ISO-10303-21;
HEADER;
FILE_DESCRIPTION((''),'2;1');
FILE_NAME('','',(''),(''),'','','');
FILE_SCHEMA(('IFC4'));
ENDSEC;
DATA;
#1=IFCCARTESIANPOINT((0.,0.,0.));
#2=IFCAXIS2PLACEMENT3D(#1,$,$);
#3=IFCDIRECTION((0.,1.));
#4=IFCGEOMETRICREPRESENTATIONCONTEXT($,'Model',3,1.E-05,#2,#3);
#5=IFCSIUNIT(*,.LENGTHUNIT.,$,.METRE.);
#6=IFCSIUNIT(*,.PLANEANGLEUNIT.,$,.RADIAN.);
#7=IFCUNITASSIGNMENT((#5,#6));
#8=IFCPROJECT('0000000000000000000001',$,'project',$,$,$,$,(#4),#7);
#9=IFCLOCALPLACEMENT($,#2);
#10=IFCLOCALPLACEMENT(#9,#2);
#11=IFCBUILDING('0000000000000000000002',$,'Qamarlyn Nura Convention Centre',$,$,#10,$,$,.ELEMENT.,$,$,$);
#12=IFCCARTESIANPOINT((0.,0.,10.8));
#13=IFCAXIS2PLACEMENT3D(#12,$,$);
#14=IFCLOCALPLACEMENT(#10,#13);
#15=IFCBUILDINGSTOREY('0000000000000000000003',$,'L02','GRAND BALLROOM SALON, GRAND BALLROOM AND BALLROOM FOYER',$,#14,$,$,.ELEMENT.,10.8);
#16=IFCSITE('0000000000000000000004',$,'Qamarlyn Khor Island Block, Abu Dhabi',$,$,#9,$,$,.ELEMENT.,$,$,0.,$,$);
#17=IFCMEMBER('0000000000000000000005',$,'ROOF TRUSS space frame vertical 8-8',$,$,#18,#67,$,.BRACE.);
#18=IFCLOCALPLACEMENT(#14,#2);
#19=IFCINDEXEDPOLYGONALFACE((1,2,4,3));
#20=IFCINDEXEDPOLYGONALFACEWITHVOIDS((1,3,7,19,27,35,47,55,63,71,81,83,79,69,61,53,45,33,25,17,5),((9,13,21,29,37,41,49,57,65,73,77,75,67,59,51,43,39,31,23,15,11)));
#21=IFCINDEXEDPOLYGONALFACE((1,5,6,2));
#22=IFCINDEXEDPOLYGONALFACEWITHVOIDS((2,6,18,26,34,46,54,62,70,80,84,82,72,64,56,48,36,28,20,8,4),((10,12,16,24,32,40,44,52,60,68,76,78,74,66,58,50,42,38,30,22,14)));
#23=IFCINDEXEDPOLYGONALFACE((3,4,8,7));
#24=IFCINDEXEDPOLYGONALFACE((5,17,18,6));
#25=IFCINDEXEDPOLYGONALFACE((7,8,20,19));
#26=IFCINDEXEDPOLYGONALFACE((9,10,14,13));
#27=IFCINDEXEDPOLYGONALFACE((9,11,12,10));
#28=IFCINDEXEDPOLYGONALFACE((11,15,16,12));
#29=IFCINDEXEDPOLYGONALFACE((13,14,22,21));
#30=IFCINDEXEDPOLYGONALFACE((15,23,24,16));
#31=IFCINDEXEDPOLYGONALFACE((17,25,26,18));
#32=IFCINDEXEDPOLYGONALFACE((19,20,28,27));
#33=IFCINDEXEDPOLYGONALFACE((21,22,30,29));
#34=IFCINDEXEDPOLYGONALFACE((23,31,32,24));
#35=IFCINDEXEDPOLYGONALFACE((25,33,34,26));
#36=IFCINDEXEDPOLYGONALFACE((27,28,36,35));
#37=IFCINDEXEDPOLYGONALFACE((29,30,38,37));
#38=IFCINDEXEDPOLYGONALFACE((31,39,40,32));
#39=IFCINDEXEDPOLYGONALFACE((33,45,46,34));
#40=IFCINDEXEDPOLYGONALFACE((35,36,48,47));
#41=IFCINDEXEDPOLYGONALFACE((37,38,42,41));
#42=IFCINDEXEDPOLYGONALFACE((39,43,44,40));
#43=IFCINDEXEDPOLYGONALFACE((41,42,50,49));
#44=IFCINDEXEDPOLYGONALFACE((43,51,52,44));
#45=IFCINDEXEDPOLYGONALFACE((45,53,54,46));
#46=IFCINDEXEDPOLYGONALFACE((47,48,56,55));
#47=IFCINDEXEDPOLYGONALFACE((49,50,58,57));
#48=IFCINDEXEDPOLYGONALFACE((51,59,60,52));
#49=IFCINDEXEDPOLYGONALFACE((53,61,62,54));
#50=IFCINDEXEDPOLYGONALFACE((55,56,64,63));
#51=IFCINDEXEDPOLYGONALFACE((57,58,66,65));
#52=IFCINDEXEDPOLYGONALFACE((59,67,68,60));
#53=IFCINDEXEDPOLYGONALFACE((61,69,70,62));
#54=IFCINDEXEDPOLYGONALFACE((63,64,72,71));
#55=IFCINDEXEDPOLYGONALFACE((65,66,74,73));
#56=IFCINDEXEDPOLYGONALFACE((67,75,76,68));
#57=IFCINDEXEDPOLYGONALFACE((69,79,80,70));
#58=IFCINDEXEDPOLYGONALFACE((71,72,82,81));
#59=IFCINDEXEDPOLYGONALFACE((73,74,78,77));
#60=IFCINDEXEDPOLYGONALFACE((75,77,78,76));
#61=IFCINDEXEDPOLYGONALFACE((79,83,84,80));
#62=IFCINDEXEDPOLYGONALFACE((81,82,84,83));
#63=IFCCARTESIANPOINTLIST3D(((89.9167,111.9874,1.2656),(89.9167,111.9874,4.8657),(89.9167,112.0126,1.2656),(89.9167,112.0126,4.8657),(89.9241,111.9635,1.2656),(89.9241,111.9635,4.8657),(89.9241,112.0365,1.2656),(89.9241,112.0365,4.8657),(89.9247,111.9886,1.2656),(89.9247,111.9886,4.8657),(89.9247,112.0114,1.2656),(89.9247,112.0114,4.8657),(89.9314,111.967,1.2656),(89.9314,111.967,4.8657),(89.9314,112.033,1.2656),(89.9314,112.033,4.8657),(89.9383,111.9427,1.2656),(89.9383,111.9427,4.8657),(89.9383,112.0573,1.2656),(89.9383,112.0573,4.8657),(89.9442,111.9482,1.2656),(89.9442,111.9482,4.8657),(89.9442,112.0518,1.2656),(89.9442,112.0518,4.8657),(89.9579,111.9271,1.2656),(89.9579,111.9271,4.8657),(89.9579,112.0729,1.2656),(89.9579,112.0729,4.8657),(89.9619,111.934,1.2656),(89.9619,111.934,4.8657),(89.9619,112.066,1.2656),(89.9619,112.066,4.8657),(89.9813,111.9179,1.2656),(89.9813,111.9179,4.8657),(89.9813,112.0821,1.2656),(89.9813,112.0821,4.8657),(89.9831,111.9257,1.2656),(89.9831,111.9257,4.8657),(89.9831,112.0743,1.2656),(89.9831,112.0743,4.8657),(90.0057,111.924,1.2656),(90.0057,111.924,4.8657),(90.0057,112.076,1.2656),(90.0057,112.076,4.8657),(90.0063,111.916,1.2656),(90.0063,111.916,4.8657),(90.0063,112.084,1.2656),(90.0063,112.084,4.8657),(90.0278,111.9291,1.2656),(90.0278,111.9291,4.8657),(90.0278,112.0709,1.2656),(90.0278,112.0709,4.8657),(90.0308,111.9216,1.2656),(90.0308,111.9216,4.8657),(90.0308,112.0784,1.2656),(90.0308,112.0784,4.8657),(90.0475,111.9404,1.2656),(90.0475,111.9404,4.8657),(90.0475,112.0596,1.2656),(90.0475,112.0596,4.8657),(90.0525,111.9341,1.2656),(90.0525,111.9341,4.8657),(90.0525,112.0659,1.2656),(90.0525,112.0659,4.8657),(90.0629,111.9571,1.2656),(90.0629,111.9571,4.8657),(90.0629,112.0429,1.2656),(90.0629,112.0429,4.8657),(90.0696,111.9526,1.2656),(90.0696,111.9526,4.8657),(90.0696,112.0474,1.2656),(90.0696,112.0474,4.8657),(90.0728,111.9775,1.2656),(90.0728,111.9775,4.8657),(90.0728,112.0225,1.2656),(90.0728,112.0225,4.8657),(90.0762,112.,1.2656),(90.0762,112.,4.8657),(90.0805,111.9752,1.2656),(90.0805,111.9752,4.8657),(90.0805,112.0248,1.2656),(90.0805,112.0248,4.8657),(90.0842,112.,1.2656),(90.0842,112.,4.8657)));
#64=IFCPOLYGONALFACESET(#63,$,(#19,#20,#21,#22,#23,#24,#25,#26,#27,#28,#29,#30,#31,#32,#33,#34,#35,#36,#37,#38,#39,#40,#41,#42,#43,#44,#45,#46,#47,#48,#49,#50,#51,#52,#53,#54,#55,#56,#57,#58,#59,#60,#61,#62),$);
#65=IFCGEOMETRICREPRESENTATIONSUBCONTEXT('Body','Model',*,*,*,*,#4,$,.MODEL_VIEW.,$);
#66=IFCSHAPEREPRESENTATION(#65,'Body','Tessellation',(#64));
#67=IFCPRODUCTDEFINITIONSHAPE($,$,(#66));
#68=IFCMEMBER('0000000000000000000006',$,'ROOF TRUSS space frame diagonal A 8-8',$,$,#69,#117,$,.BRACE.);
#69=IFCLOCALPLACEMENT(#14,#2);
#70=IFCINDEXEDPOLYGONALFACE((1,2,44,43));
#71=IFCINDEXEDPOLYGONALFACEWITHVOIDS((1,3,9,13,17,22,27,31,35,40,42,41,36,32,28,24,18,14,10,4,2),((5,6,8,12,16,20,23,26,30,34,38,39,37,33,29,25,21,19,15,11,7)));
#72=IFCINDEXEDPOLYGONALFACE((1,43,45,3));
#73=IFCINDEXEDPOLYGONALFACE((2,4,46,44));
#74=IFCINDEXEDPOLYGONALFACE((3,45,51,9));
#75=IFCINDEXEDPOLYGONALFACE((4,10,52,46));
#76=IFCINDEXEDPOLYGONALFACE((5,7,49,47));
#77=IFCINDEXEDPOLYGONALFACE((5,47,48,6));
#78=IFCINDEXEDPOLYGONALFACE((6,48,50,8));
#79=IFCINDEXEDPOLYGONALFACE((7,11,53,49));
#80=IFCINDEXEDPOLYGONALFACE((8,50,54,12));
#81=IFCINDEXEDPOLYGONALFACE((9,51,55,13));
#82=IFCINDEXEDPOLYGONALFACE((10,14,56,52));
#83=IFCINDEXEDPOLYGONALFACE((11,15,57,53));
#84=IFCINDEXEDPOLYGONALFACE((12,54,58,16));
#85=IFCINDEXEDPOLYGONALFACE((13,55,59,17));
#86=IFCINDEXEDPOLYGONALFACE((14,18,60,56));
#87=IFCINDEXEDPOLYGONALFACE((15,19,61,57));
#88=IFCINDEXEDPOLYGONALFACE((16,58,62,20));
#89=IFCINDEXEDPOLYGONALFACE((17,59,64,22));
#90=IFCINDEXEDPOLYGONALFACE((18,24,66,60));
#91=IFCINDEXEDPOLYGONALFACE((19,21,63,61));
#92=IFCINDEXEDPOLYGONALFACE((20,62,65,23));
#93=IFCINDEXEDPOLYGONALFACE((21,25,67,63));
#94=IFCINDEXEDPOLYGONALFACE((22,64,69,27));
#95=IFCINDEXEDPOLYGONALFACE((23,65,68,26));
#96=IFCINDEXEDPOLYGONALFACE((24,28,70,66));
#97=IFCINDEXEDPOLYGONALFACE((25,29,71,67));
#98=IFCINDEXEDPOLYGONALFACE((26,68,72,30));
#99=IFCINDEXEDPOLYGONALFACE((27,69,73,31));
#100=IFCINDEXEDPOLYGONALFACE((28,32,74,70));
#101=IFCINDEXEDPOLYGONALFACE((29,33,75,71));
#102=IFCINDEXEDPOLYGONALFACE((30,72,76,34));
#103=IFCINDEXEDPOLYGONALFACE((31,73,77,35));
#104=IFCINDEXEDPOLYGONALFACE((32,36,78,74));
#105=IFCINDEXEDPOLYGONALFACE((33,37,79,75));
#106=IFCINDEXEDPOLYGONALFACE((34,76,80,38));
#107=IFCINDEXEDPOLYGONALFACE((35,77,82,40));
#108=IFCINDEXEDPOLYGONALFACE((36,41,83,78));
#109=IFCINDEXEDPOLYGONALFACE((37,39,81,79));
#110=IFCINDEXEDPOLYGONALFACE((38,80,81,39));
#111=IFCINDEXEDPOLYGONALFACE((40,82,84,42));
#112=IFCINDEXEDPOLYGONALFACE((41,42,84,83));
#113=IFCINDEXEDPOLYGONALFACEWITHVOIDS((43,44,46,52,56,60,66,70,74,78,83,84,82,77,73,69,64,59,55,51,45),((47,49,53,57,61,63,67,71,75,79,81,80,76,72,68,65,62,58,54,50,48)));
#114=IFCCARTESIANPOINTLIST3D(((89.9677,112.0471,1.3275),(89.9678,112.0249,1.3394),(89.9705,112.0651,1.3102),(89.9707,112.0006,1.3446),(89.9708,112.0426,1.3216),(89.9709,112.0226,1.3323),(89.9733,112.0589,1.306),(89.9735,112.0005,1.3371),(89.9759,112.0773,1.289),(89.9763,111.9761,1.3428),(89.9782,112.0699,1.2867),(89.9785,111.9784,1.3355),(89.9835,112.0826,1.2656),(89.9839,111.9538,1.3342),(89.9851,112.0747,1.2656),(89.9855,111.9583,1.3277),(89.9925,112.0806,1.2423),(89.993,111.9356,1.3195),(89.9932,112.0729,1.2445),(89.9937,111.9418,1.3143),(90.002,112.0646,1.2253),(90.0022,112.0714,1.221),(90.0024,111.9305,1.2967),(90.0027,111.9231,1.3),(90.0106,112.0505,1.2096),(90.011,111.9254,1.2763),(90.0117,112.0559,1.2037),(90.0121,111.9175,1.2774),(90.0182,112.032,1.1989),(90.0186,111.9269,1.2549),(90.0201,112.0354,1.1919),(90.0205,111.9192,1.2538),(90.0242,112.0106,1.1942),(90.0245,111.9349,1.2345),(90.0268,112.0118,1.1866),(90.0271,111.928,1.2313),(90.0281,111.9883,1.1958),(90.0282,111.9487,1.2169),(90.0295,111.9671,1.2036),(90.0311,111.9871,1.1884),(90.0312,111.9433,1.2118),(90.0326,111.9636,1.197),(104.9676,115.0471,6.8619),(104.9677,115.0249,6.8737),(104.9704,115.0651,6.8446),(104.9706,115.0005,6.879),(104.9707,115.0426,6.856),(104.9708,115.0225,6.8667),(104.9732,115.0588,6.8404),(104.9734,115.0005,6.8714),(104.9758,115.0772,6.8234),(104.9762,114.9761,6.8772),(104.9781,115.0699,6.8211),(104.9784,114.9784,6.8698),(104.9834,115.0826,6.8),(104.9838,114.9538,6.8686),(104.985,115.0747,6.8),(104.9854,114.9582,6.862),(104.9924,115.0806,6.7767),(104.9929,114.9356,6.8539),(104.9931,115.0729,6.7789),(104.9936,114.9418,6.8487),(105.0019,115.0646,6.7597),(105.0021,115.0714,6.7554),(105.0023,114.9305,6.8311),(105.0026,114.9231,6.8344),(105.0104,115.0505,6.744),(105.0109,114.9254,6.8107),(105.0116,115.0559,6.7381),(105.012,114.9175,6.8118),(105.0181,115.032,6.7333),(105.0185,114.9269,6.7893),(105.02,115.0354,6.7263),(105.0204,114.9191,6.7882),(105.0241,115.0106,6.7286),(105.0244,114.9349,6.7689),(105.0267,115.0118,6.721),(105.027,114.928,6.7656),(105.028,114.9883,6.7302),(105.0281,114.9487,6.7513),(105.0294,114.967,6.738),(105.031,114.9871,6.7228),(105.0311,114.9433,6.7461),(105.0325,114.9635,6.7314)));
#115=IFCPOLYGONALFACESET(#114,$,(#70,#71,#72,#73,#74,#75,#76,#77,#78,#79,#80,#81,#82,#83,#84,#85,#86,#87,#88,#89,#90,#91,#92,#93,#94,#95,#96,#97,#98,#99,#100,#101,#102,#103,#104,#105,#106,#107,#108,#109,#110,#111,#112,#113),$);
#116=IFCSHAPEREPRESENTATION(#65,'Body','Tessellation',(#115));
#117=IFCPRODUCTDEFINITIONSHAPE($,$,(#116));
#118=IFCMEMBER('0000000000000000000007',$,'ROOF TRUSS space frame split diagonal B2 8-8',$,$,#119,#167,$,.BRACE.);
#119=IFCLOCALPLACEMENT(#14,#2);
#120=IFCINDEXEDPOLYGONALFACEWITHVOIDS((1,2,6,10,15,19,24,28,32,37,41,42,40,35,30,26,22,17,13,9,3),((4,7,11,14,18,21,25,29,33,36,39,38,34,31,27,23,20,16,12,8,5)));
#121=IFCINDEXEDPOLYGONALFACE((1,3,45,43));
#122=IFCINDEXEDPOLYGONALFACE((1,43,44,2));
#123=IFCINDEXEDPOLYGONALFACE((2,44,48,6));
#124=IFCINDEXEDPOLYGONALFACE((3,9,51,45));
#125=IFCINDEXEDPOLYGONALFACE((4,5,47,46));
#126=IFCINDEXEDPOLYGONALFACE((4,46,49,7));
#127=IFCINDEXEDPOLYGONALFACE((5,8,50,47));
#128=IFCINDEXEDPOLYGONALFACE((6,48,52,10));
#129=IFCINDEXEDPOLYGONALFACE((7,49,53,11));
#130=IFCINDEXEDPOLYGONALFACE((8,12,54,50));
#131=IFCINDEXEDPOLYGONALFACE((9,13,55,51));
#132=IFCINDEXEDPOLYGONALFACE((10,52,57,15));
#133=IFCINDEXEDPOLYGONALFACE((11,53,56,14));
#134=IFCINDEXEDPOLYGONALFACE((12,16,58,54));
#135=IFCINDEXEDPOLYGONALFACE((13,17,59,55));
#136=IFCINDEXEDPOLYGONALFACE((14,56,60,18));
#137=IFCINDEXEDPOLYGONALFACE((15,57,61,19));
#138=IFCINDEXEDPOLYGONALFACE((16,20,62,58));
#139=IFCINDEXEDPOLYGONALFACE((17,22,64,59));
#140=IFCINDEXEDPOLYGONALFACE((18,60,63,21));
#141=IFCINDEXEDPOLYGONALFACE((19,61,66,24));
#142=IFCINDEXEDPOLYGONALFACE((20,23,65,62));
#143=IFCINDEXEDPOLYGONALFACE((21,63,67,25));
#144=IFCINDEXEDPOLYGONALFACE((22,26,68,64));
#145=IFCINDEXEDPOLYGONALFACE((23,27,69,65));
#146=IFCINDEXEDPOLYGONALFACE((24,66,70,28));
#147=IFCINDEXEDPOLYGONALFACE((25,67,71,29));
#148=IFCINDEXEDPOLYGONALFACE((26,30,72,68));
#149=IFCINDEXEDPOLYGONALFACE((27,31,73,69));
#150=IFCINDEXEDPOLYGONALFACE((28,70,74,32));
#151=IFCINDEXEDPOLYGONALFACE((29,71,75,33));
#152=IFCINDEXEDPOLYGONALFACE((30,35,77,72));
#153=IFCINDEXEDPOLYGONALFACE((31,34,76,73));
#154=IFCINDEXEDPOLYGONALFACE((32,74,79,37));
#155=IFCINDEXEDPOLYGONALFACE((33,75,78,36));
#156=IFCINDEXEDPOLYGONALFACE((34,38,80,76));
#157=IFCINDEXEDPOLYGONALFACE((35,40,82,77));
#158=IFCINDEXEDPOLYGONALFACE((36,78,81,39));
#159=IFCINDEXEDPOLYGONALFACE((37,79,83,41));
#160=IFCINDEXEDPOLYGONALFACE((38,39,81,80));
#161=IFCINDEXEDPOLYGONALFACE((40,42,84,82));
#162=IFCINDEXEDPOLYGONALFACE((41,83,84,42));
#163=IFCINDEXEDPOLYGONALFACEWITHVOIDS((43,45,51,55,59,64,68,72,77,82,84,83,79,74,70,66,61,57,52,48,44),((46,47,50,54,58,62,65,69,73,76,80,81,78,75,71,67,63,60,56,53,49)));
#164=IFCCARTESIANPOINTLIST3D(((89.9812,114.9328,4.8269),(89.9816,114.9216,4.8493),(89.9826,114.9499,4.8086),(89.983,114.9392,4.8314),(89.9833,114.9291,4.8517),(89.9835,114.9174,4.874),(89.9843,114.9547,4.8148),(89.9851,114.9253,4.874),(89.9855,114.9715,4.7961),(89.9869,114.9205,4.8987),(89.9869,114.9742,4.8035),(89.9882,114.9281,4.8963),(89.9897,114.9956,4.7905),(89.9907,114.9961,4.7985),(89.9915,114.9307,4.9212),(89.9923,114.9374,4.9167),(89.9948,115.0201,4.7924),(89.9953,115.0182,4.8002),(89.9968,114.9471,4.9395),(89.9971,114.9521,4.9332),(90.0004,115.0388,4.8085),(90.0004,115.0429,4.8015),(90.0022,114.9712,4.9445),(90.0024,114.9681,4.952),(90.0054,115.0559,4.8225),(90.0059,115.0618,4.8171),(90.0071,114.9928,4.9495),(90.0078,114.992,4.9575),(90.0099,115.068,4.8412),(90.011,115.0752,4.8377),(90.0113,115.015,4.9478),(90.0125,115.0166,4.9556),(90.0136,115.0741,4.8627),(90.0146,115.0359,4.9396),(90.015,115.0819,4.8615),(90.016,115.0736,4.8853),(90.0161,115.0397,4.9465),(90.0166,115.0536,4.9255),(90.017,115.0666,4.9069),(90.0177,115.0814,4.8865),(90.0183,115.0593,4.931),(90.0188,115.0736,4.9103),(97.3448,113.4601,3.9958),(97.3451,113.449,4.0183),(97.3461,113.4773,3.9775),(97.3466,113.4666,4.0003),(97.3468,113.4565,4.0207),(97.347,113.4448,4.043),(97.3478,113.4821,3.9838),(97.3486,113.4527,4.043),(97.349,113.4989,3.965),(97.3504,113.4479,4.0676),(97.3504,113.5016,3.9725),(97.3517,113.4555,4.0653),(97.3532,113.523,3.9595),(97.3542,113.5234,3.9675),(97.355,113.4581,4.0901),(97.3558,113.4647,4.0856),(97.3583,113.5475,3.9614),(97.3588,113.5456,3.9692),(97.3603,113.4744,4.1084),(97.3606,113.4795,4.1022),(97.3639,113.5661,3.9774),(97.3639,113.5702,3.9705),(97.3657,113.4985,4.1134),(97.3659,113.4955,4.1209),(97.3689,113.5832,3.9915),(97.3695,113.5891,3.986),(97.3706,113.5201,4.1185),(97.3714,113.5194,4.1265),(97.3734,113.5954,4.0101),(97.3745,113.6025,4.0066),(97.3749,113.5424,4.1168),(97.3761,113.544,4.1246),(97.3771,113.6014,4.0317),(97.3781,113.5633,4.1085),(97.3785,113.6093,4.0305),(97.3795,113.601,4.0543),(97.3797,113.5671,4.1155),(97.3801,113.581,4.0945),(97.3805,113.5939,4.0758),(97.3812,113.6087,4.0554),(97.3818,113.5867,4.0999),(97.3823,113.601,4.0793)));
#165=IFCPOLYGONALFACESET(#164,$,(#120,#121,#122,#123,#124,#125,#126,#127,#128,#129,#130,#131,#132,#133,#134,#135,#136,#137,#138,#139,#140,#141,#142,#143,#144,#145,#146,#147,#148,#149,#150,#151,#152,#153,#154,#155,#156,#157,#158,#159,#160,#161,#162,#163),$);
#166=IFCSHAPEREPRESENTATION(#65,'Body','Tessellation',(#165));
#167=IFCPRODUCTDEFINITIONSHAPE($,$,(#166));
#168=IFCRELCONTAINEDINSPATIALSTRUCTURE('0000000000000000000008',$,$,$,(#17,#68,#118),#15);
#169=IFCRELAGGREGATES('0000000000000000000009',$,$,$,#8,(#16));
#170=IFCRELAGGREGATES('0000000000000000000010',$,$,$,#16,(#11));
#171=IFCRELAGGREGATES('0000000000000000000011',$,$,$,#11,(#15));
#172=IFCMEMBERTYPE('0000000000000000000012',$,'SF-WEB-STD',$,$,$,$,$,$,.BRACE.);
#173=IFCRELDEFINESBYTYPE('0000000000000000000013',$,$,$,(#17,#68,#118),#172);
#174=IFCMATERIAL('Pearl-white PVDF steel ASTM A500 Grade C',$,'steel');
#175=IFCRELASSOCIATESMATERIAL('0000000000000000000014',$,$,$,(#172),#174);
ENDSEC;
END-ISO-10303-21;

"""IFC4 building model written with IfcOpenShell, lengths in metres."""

from ifc_helpers import new_model, si_unit, direction, frame, origin, origin_2d, place, context, subcontext, project, spatial, hollow_circle, extrude, material, material_profile, profile_set, type_object, element, save


model = new_model("IFC4")

# Units and contexts
model_context = context("Model", 3, precision=1e-05, world=origin(), true_north=direction((0.0, 1.0)))
body_context = subcontext(model_context, "Body", "Model", "MODEL_VIEW")
ifc_project = project(units=[si_unit("LENGTHUNIT", "METRE"), si_unit("PLANEANGLEUNIT", "RADIAN")], contexts=[model_context])

# Site, building, storey
site_placement = place(None, origin())
site = spatial("IfcSite", under=ifc_project, at=site_placement, Name="Qamarlyn Khor Island Block, Abu Dhabi", CompositionType="ELEMENT", RefElevation=0.0)
building_placement = place(site_placement, origin())
building = spatial("IfcBuilding", under=site, at=building_placement, Name="Qamarlyn Nura Convention Centre", CompositionType="ELEMENT")
storey_placement = place(building_placement, frame((0.0, 0.0, 10.8)))
storey = spatial("IfcBuildingStorey", under=building, at=storey_placement, Name="L02", Description="GRAND BALLROOM SALON, GRAND BALLROOM AND BALLROOM FOYER", CompositionType="ELEMENT", Elevation=10.8)

# Members
ifc_material_1 = material(Name="Pearl-white PVDF steel ASTM A500 Grade C", Category="steel")
ifc_material_profile_1 = material_profile(ifc_material_1, hollow_circle(Radius=0.0842, WallThickness=0.0081, at=origin_2d()), Name="CHS168.3X8")
ifc_profile_set_1 = profile_set([ifc_material_profile_1], Name="Pearl-white PVDF steel ASTM A500 Grade C")
member_type_1 = type_object("IfcMemberType", Name="SF-WEB-STD", PredefinedType="BRACE", material=ifc_profile_set_1)
member_1_placement = place(storey_placement, frame((90.0, 112.0, 1.2656), z_axis=(0.0, 0.0, 1.0), x_axis=(1.0, 0.0, 0.0)))
element("IfcMember", 1, at=member_1_placement, inside=storey, type_object=member_type_1, Name="ROOF TRUSS space frame vertical 8-8", PredefinedType="BRACE", context=body_context, shape_type="SweptSolid", body=[
    extrude(hollow_circle(Radius=0.0842, WallThickness=0.0081, at=origin_2d()), origin(), (0.0, 0.0, 1.0), 3.6001),
])
member_2_placement = place(storey_placement, frame((90.0, 112.0, 1.2656), z_axis=(0.922087, 0.184417, 0.340215), x_axis=(-0.196116, 0.980581, 0.0)))
element("IfcMember", 2, at=member_2_placement, inside=storey, type_object=member_type_1, Name="ROOF TRUSS space frame diagonal A 8-8", PredefinedType="BRACE", context=body_context, shape_type="SweptSolid", body=[
    extrude(hollow_circle(Radius=0.0842, WallThickness=0.0081, at=origin_2d()), origin(), (0.0, 0.0, 1.0), 16.2673),
])
member_3_placement = place(storey_placement, frame((97.3635, 113.5273, 4.043), z_axis=(-0.974632, 0.19492, 0.109998), x_axis=(-0.19611, -0.980582, 0.0)))
element("IfcMember", 3, at=member_3_placement, inside=storey, type_object=member_type_1, Name="ROOF TRUSS space frame split diagonal B2 8-8", PredefinedType="BRACE", context=body_context, shape_type="SweptSolid", body=[
    extrude(hollow_circle(Radius=0.0842, WallThickness=0.0081, at=origin_2d()), origin(), (0.0, 0.0, 1.0), 7.5552),
])

save(model, "model.ifc")
